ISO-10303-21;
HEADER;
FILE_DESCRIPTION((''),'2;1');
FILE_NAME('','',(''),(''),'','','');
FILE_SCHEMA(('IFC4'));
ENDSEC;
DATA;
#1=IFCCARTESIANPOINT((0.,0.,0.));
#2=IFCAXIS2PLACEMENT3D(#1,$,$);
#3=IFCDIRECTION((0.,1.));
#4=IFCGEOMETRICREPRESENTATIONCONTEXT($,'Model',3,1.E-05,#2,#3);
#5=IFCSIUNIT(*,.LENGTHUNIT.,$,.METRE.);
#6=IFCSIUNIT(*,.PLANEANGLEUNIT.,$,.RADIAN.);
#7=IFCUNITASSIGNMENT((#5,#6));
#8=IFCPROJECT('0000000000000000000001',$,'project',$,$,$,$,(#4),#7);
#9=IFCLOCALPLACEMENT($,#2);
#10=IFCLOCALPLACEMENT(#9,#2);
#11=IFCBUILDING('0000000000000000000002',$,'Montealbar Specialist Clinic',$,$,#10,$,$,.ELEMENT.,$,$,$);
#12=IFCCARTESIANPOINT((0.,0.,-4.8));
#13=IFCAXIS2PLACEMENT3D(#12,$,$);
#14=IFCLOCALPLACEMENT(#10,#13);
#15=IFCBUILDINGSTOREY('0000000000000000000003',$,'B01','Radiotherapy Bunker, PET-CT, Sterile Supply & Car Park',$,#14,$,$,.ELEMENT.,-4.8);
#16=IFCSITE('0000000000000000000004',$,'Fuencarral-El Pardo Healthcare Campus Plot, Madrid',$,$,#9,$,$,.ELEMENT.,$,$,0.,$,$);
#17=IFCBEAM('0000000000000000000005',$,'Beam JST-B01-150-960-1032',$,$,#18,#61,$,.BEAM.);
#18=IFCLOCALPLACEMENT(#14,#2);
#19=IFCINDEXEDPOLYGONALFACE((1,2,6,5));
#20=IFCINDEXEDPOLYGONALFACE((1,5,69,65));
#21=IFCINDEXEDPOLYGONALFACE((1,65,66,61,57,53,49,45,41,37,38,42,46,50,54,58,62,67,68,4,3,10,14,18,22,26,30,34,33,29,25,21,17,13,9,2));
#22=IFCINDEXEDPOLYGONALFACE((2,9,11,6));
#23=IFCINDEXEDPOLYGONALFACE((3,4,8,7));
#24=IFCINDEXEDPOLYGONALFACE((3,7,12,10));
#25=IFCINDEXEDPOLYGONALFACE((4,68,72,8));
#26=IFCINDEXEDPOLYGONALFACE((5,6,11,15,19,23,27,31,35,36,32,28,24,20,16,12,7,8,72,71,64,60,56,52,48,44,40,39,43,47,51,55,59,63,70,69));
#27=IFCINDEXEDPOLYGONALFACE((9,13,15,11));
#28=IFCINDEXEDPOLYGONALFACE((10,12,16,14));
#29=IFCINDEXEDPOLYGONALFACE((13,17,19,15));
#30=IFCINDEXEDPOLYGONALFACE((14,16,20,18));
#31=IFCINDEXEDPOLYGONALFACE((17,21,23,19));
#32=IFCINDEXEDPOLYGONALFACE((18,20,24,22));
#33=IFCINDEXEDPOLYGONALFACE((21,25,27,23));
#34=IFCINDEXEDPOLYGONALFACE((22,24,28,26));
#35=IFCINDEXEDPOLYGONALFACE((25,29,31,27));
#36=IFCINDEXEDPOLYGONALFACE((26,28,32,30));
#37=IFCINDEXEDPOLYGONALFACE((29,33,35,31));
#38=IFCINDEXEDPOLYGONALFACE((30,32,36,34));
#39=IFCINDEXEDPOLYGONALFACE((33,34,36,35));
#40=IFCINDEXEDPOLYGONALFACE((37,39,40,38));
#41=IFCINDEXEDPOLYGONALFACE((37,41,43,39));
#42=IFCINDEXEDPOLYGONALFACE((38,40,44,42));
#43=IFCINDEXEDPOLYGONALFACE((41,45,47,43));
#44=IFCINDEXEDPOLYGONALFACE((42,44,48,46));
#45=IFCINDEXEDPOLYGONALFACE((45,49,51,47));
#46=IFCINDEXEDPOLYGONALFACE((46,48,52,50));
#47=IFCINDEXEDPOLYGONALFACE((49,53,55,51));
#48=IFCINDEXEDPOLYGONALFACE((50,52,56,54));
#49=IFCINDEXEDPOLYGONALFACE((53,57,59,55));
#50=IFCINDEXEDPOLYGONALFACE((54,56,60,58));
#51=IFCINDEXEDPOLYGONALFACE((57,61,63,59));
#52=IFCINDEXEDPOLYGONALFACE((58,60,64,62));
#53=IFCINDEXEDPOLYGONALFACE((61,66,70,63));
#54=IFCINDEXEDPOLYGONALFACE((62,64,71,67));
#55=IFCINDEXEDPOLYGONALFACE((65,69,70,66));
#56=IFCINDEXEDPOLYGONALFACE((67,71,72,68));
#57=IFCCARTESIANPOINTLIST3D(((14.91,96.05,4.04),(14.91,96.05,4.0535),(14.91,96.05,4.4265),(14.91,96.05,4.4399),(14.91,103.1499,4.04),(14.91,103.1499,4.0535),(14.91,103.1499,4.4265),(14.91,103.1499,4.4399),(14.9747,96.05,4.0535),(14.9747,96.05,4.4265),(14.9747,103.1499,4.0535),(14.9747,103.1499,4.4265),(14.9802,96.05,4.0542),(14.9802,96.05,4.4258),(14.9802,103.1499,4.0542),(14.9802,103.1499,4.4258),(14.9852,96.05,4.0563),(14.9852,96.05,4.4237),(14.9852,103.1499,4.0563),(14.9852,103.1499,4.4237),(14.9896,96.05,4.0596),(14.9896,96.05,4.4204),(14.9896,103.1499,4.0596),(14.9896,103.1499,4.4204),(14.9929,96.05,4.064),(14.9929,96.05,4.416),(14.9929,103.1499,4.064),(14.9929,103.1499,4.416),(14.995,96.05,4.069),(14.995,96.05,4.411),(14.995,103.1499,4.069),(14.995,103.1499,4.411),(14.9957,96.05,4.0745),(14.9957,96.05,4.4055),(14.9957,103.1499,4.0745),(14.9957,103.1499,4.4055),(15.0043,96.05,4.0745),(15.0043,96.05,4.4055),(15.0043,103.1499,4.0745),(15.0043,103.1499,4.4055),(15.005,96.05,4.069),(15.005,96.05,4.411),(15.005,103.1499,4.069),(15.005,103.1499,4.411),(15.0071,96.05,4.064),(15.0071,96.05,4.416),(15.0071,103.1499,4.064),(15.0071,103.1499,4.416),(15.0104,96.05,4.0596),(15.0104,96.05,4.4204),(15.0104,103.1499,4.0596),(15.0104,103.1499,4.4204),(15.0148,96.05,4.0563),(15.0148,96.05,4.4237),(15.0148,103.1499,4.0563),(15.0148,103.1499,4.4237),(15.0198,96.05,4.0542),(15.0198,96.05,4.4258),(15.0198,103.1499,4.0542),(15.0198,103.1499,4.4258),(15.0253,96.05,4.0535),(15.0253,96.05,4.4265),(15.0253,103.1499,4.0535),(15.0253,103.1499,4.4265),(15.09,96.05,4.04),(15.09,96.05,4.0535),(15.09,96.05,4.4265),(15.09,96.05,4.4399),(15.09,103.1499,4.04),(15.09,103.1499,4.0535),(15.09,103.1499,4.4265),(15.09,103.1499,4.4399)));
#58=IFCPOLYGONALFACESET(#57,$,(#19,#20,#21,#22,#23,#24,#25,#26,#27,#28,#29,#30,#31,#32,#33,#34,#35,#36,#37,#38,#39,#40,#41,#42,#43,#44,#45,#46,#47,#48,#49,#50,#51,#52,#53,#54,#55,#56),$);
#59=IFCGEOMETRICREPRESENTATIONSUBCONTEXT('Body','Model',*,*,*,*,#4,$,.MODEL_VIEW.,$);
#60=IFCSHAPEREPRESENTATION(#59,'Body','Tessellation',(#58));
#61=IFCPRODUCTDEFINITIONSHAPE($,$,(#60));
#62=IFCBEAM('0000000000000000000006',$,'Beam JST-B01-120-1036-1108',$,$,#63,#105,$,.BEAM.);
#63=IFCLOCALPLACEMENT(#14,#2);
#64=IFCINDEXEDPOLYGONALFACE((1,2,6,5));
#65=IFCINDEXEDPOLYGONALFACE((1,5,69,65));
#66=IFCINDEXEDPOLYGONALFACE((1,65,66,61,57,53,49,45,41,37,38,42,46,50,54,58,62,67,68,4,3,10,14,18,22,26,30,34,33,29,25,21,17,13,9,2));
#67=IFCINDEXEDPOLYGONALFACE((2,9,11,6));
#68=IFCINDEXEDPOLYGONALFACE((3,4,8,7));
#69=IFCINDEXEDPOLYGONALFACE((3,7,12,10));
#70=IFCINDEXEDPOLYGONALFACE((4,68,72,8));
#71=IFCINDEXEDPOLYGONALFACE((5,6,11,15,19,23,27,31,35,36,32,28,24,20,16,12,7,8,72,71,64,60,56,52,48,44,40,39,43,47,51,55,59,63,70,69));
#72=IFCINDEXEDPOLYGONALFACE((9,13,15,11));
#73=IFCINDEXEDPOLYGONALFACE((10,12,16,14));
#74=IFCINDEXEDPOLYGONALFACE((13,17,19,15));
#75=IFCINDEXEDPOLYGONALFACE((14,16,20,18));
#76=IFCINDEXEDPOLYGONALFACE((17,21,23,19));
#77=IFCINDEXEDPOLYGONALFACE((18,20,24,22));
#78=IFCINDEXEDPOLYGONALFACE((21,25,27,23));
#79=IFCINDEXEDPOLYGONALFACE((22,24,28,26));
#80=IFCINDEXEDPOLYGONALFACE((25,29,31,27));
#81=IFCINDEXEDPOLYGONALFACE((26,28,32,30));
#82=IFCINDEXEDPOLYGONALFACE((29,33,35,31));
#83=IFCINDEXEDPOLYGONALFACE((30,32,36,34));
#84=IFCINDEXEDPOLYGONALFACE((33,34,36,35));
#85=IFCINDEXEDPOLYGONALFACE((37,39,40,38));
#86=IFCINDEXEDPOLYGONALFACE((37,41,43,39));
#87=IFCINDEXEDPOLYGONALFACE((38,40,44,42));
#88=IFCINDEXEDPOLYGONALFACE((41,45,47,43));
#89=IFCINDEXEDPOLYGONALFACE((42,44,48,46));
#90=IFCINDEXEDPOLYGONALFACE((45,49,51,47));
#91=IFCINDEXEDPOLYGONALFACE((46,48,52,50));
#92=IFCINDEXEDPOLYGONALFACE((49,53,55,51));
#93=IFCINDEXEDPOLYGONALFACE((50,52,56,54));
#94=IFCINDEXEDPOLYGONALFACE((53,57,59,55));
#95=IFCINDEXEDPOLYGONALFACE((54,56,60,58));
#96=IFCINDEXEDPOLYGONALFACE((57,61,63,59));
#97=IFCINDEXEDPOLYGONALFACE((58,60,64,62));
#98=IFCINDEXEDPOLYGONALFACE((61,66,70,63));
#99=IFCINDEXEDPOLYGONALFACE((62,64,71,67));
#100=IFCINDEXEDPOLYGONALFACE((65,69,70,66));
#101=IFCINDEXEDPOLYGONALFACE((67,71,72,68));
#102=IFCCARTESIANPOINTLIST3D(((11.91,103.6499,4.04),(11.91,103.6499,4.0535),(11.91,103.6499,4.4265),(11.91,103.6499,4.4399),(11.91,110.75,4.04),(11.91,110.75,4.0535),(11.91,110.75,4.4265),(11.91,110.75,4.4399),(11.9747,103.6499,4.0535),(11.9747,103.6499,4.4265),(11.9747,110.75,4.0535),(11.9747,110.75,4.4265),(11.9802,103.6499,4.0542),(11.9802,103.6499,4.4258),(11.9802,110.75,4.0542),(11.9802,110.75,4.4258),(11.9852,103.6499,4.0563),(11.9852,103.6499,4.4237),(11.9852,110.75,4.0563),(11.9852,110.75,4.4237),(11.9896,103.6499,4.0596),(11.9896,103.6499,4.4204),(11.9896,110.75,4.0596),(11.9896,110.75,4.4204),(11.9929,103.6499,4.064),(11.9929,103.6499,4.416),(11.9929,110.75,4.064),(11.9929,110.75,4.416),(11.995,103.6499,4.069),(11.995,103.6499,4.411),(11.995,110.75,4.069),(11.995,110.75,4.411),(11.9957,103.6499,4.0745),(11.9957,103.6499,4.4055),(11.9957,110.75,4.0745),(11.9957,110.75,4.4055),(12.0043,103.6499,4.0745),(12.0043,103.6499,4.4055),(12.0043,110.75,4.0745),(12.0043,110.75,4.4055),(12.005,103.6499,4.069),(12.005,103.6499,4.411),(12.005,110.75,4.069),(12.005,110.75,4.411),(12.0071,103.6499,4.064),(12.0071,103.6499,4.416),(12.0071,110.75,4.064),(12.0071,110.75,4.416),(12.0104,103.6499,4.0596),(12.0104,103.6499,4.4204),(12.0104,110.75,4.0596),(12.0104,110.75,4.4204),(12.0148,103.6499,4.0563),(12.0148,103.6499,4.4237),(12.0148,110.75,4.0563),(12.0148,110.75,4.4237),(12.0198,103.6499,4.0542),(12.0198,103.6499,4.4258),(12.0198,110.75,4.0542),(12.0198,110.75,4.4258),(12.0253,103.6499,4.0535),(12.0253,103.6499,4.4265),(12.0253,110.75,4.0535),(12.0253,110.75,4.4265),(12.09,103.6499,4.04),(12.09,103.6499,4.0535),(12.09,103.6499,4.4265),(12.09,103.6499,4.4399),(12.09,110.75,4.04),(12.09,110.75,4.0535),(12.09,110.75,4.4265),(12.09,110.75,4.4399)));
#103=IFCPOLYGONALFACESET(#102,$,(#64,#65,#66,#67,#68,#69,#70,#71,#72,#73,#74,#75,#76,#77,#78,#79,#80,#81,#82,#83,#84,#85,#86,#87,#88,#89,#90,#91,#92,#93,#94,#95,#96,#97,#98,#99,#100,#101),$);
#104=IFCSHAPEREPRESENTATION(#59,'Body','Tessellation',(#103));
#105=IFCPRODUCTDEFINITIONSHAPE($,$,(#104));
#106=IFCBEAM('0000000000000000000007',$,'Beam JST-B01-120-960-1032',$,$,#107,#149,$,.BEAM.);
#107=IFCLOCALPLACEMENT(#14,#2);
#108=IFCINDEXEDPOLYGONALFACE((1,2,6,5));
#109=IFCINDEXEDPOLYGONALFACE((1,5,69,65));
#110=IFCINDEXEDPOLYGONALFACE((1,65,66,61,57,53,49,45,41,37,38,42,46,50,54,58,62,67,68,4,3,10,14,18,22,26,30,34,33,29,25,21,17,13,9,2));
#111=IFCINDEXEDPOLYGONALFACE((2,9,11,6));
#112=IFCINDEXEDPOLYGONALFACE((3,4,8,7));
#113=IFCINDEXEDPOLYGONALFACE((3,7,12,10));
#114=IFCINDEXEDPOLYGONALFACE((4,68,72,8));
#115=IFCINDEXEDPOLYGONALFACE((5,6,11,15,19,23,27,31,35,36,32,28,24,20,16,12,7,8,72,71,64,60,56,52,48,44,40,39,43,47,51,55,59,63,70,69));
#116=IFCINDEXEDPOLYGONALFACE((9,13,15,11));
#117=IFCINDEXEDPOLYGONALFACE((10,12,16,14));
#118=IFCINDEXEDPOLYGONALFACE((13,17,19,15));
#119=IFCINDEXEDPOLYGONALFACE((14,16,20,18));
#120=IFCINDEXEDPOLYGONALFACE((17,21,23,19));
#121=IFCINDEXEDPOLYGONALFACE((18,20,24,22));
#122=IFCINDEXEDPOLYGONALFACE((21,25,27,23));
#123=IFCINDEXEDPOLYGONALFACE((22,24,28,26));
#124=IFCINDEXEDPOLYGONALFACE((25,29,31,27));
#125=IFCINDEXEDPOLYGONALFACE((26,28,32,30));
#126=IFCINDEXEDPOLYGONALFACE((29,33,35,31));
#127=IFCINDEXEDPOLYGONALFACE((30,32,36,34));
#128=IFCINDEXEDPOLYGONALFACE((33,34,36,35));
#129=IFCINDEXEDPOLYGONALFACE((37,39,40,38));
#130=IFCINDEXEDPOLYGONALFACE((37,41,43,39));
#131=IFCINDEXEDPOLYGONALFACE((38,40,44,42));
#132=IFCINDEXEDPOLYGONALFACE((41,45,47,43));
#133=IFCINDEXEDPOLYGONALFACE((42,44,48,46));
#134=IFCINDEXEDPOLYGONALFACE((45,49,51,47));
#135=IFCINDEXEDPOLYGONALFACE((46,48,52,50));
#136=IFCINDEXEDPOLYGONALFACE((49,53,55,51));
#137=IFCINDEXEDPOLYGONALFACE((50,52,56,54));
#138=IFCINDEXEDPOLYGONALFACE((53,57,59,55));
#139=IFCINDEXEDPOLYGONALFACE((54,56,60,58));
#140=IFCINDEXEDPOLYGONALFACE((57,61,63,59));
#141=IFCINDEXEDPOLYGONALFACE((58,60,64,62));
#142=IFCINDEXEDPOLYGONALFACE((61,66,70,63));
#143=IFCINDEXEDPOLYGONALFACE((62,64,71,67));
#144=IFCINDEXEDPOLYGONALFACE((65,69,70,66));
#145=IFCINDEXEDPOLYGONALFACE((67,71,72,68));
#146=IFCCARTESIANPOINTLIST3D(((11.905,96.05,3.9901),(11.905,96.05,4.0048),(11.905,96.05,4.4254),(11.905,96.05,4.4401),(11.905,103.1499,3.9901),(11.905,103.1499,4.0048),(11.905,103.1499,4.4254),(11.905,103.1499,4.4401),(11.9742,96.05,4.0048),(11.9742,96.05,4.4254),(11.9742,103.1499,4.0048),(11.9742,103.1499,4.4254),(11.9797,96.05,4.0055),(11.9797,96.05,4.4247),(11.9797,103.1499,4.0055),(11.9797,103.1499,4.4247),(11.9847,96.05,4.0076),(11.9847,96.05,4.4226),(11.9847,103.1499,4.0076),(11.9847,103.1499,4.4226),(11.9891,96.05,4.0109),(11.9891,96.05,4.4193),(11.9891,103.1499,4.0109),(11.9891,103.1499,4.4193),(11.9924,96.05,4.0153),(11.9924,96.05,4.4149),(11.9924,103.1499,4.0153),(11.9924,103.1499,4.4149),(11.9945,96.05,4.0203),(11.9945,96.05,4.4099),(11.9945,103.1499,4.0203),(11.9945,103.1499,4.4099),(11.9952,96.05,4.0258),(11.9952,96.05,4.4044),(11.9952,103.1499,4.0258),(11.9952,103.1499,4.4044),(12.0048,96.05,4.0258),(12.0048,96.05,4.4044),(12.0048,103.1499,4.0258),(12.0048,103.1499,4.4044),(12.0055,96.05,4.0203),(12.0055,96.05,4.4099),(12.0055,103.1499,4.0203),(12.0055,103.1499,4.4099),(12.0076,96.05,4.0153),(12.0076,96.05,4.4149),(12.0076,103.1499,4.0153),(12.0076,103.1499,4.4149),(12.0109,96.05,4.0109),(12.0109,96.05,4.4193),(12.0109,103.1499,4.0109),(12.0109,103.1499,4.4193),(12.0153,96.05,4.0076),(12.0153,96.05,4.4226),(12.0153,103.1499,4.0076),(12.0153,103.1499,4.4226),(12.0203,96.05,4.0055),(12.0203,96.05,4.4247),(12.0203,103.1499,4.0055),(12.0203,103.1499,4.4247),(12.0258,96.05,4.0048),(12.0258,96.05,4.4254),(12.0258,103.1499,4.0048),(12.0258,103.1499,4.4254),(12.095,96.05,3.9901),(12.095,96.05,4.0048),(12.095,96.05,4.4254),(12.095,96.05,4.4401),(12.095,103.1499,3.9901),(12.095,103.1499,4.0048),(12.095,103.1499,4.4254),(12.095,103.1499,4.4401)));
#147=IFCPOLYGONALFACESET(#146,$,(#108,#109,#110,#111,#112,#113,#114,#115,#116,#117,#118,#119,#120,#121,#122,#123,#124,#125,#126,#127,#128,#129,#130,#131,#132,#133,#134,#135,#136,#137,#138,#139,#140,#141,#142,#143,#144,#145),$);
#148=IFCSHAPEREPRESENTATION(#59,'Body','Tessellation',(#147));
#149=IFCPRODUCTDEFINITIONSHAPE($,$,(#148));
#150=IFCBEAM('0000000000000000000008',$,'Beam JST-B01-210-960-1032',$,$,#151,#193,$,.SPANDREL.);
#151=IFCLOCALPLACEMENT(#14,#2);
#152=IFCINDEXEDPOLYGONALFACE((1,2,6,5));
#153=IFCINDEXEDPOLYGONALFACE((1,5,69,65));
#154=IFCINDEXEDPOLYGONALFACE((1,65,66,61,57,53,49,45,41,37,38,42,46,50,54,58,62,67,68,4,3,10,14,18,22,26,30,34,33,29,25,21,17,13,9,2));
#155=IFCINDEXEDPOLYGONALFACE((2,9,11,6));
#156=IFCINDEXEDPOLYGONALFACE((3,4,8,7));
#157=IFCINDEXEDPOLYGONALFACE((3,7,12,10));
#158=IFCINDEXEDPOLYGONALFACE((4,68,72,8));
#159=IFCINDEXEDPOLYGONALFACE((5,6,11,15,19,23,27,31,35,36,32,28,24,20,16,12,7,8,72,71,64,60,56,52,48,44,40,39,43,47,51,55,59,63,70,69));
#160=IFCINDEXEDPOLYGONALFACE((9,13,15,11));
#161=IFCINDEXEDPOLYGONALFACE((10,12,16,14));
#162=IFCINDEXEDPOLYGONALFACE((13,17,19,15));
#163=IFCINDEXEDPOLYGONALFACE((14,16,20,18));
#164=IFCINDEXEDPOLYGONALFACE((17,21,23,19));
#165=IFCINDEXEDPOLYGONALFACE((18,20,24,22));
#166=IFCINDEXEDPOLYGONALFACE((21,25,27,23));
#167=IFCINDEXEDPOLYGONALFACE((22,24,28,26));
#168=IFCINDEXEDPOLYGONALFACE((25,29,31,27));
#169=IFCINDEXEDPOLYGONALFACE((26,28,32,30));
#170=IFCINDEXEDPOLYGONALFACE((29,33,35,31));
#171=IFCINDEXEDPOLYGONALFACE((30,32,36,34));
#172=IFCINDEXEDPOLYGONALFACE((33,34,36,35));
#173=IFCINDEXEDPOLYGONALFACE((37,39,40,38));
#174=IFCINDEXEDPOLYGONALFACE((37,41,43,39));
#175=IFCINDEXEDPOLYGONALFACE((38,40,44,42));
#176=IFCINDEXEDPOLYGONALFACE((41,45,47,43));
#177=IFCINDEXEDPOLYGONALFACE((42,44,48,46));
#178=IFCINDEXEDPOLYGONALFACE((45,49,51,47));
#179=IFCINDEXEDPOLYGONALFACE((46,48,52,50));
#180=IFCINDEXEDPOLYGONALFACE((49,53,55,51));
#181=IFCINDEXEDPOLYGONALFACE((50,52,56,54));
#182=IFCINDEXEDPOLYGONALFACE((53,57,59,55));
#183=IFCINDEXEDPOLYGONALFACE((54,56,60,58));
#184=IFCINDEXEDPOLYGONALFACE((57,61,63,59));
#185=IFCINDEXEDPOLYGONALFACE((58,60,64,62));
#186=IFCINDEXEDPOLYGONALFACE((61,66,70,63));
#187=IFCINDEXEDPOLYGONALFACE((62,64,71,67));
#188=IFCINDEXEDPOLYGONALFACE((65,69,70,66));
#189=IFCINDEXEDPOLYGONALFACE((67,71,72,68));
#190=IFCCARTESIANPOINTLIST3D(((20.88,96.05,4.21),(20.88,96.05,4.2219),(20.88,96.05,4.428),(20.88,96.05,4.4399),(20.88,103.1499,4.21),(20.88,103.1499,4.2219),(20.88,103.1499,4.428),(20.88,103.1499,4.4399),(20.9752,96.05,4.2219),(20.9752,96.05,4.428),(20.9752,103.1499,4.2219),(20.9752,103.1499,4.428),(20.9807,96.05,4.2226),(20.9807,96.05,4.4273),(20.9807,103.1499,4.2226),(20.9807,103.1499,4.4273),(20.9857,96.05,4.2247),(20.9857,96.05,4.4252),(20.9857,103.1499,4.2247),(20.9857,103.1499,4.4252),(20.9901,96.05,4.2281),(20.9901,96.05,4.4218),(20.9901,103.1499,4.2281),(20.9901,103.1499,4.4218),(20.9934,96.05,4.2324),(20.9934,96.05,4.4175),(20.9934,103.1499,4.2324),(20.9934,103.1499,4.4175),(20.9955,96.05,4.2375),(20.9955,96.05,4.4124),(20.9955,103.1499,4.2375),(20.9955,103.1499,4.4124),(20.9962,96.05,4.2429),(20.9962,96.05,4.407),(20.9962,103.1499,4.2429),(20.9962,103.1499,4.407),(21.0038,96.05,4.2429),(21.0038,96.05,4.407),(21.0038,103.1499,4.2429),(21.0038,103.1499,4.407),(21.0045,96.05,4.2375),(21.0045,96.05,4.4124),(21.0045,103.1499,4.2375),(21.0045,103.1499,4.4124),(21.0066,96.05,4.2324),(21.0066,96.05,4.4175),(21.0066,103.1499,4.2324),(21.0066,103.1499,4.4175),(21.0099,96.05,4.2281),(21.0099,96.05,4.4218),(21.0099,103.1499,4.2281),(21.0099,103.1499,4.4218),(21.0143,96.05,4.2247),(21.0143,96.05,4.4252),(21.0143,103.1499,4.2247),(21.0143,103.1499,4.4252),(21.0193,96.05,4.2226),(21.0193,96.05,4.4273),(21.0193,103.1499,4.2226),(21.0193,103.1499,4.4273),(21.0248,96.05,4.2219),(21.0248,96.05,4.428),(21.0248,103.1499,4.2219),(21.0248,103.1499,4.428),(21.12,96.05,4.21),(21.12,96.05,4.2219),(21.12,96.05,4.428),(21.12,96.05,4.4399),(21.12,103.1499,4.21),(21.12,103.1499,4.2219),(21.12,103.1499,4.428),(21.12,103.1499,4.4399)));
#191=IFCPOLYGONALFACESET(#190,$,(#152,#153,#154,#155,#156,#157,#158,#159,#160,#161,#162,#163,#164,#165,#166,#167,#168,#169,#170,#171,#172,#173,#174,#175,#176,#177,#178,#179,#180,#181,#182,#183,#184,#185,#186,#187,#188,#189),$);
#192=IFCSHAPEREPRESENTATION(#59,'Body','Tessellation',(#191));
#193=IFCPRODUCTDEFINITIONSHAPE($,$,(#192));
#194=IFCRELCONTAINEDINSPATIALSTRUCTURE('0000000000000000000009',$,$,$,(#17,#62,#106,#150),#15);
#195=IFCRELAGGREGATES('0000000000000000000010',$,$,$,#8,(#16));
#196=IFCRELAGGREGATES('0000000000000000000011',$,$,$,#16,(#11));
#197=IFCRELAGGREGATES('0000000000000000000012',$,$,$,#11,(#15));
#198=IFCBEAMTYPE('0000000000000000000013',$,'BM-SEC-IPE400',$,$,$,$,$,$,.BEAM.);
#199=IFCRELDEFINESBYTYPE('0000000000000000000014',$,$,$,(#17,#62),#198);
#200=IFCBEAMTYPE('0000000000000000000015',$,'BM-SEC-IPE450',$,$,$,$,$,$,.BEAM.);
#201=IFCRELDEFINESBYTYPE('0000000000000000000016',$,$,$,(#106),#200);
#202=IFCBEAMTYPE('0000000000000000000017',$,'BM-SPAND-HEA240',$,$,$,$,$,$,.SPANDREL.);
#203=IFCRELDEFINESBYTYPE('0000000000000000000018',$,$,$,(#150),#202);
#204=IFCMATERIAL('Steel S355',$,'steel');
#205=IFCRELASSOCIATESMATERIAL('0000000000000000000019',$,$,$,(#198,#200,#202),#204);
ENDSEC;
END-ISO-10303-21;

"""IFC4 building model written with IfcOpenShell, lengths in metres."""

from ifc_helpers import new_model, si_unit, direction, frame, origin, origin_2d, place, context, subcontext, project, spatial, i_section, extrude, material, material_profile, profile_set, type_object, element, save


model = new_model("IFC4")

# Units and contexts
model_context = context("Model", 3, precision=1e-05, world=origin(), true_north=direction((0.0, 1.0)))
body_context = subcontext(model_context, "Body", "Model", "MODEL_VIEW")
ifc_project = project(units=[si_unit("LENGTHUNIT", "METRE"), si_unit("PLANEANGLEUNIT", "RADIAN")], contexts=[model_context])

# Site, building, storey
site_placement = place(None, origin())
site = spatial("IfcSite", under=ifc_project, at=site_placement, Name="Fuencarral-El Pardo Healthcare Campus Plot, Madrid", CompositionType="ELEMENT", RefElevation=0.0)
building_placement = place(site_placement, origin())
building = spatial("IfcBuilding", under=site, at=building_placement, Name="Montealbar Specialist Clinic", CompositionType="ELEMENT")
storey_placement = place(building_placement, frame((0.0, 0.0, -4.8)))
storey = spatial("IfcBuildingStorey", under=building, at=storey_placement, Name="B01", Description="Radiotherapy Bunker, PET-CT, Sterile Supply & Car Park", CompositionType="ELEMENT", Elevation=-4.8)

# Beams
ifc_material_1 = material(Name="Steel S355", Category="steel")
ifc_material_profile_1 = material_profile(ifc_material_1, i_section(OverallWidth=0.1799, OverallDepth=0.3999, WebThickness=0.0085, FlangeThickness=0.0134, FilletRadius=0.021, at=origin_2d()), Name="IPE 400", Category="steel")
ifc_profile_set_1 = profile_set([ifc_material_profile_1], Name="Steel S355")
beam_type_1 = type_object("IfcBeamType", Name="BM-SEC-IPE400", PredefinedType="BEAM", material=ifc_profile_set_1)
beam_1_placement = place(storey_placement, frame((15.0, 96.05, 4.24), z_axis=(0.0, 1.0, 0.0), x_axis=(-1.0, 0.0, 0.0)))
element("IfcBeam", 1, at=beam_1_placement, inside=storey, type_object=beam_type_1, Name="Beam JST-B01-150-960-1032", PredefinedType="BEAM", context=body_context, shape_type="SweptSolid", body=[
    extrude(i_section(OverallWidth=0.1799, OverallDepth=0.3999, WebThickness=0.0085, FlangeThickness=0.0134, FilletRadius=0.021, at=origin_2d()), origin(), (0.0, 0.0, 1.0), 7.0999),
])
beam_2_placement = place(storey_placement, frame((12.0, 103.6499, 4.24), z_axis=(0.0, 1.0, 0.0), x_axis=(-1.0, 0.0, 0.0)))
element("IfcBeam", 2, at=beam_2_placement, inside=storey, type_object=beam_type_1, Name="Beam JST-B01-120-1036-1108", PredefinedType="BEAM", context=body_context, shape_type="SweptSolid", body=[
    extrude(i_section(OverallWidth=0.1799, OverallDepth=0.3999, WebThickness=0.0085, FlangeThickness=0.0134, FilletRadius=0.021, at=origin_2d()), origin(), (0.0, 0.0, 1.0), 7.1001),
])
ifc_material_profile_2 = material_profile(ifc_material_1, i_section(OverallWidth=0.1899, OverallDepth=0.45, WebThickness=0.0095, FlangeThickness=0.0146, FilletRadius=0.021, at=origin_2d()), Name="IPE 450", Category="steel")
ifc_profile_set_2 = profile_set([ifc_material_profile_2], Name="Steel S355")
beam_type_2 = type_object("IfcBeamType", Name="BM-SEC-IPE450", PredefinedType="BEAM", material=ifc_profile_set_2)
beam_3_placement = place(storey_placement, frame((12.0, 96.05, 4.2151), z_axis=(0.0, 1.0, 0.0), x_axis=(-1.0, 0.0, 0.0)))
element("IfcBeam", 3, at=beam_3_placement, inside=storey, type_object=beam_type_2, Name="Beam JST-B01-120-960-1032", PredefinedType="BEAM", context=body_context, shape_type="SweptSolid", body=[
    extrude(i_section(OverallWidth=0.1899, OverallDepth=0.45, WebThickness=0.0095, FlangeThickness=0.0146, FilletRadius=0.021, at=origin_2d()), origin(), (0.0, 0.0, 1.0), 7.0999),
])
ifc_material_profile_3 = material_profile(ifc_material_1, i_section(OverallWidth=0.24, OverallDepth=0.23, WebThickness=0.0076, FlangeThickness=0.012, FilletRadius=0.021, at=origin_2d()), Name="HEA 240", Category="steel")
ifc_profile_set_3 = profile_set([ifc_material_profile_3], Name="Steel S355")
beam_type_3 = type_object("IfcBeamType", Name="BM-SPAND-HEA240", PredefinedType="SPANDREL", material=ifc_profile_set_3)
beam_4_placement = place(storey_placement, frame((21.0, 96.05, 4.325), z_axis=(0.0, 1.0, 0.0), x_axis=(-1.0, 0.0, 0.0)))
element("IfcBeam", 4, at=beam_4_placement, inside=storey, type_object=beam_type_3, Name="Beam JST-B01-210-960-1032", PredefinedType="SPANDREL", context=body_context, shape_type="SweptSolid", body=[
    extrude(i_section(OverallWidth=0.24, OverallDepth=0.23, WebThickness=0.0076, FlangeThickness=0.012, FilletRadius=0.021, at=origin_2d()), origin(), (0.0, 0.0, 1.0), 7.0999),
])

save(model, "model.ifc")
